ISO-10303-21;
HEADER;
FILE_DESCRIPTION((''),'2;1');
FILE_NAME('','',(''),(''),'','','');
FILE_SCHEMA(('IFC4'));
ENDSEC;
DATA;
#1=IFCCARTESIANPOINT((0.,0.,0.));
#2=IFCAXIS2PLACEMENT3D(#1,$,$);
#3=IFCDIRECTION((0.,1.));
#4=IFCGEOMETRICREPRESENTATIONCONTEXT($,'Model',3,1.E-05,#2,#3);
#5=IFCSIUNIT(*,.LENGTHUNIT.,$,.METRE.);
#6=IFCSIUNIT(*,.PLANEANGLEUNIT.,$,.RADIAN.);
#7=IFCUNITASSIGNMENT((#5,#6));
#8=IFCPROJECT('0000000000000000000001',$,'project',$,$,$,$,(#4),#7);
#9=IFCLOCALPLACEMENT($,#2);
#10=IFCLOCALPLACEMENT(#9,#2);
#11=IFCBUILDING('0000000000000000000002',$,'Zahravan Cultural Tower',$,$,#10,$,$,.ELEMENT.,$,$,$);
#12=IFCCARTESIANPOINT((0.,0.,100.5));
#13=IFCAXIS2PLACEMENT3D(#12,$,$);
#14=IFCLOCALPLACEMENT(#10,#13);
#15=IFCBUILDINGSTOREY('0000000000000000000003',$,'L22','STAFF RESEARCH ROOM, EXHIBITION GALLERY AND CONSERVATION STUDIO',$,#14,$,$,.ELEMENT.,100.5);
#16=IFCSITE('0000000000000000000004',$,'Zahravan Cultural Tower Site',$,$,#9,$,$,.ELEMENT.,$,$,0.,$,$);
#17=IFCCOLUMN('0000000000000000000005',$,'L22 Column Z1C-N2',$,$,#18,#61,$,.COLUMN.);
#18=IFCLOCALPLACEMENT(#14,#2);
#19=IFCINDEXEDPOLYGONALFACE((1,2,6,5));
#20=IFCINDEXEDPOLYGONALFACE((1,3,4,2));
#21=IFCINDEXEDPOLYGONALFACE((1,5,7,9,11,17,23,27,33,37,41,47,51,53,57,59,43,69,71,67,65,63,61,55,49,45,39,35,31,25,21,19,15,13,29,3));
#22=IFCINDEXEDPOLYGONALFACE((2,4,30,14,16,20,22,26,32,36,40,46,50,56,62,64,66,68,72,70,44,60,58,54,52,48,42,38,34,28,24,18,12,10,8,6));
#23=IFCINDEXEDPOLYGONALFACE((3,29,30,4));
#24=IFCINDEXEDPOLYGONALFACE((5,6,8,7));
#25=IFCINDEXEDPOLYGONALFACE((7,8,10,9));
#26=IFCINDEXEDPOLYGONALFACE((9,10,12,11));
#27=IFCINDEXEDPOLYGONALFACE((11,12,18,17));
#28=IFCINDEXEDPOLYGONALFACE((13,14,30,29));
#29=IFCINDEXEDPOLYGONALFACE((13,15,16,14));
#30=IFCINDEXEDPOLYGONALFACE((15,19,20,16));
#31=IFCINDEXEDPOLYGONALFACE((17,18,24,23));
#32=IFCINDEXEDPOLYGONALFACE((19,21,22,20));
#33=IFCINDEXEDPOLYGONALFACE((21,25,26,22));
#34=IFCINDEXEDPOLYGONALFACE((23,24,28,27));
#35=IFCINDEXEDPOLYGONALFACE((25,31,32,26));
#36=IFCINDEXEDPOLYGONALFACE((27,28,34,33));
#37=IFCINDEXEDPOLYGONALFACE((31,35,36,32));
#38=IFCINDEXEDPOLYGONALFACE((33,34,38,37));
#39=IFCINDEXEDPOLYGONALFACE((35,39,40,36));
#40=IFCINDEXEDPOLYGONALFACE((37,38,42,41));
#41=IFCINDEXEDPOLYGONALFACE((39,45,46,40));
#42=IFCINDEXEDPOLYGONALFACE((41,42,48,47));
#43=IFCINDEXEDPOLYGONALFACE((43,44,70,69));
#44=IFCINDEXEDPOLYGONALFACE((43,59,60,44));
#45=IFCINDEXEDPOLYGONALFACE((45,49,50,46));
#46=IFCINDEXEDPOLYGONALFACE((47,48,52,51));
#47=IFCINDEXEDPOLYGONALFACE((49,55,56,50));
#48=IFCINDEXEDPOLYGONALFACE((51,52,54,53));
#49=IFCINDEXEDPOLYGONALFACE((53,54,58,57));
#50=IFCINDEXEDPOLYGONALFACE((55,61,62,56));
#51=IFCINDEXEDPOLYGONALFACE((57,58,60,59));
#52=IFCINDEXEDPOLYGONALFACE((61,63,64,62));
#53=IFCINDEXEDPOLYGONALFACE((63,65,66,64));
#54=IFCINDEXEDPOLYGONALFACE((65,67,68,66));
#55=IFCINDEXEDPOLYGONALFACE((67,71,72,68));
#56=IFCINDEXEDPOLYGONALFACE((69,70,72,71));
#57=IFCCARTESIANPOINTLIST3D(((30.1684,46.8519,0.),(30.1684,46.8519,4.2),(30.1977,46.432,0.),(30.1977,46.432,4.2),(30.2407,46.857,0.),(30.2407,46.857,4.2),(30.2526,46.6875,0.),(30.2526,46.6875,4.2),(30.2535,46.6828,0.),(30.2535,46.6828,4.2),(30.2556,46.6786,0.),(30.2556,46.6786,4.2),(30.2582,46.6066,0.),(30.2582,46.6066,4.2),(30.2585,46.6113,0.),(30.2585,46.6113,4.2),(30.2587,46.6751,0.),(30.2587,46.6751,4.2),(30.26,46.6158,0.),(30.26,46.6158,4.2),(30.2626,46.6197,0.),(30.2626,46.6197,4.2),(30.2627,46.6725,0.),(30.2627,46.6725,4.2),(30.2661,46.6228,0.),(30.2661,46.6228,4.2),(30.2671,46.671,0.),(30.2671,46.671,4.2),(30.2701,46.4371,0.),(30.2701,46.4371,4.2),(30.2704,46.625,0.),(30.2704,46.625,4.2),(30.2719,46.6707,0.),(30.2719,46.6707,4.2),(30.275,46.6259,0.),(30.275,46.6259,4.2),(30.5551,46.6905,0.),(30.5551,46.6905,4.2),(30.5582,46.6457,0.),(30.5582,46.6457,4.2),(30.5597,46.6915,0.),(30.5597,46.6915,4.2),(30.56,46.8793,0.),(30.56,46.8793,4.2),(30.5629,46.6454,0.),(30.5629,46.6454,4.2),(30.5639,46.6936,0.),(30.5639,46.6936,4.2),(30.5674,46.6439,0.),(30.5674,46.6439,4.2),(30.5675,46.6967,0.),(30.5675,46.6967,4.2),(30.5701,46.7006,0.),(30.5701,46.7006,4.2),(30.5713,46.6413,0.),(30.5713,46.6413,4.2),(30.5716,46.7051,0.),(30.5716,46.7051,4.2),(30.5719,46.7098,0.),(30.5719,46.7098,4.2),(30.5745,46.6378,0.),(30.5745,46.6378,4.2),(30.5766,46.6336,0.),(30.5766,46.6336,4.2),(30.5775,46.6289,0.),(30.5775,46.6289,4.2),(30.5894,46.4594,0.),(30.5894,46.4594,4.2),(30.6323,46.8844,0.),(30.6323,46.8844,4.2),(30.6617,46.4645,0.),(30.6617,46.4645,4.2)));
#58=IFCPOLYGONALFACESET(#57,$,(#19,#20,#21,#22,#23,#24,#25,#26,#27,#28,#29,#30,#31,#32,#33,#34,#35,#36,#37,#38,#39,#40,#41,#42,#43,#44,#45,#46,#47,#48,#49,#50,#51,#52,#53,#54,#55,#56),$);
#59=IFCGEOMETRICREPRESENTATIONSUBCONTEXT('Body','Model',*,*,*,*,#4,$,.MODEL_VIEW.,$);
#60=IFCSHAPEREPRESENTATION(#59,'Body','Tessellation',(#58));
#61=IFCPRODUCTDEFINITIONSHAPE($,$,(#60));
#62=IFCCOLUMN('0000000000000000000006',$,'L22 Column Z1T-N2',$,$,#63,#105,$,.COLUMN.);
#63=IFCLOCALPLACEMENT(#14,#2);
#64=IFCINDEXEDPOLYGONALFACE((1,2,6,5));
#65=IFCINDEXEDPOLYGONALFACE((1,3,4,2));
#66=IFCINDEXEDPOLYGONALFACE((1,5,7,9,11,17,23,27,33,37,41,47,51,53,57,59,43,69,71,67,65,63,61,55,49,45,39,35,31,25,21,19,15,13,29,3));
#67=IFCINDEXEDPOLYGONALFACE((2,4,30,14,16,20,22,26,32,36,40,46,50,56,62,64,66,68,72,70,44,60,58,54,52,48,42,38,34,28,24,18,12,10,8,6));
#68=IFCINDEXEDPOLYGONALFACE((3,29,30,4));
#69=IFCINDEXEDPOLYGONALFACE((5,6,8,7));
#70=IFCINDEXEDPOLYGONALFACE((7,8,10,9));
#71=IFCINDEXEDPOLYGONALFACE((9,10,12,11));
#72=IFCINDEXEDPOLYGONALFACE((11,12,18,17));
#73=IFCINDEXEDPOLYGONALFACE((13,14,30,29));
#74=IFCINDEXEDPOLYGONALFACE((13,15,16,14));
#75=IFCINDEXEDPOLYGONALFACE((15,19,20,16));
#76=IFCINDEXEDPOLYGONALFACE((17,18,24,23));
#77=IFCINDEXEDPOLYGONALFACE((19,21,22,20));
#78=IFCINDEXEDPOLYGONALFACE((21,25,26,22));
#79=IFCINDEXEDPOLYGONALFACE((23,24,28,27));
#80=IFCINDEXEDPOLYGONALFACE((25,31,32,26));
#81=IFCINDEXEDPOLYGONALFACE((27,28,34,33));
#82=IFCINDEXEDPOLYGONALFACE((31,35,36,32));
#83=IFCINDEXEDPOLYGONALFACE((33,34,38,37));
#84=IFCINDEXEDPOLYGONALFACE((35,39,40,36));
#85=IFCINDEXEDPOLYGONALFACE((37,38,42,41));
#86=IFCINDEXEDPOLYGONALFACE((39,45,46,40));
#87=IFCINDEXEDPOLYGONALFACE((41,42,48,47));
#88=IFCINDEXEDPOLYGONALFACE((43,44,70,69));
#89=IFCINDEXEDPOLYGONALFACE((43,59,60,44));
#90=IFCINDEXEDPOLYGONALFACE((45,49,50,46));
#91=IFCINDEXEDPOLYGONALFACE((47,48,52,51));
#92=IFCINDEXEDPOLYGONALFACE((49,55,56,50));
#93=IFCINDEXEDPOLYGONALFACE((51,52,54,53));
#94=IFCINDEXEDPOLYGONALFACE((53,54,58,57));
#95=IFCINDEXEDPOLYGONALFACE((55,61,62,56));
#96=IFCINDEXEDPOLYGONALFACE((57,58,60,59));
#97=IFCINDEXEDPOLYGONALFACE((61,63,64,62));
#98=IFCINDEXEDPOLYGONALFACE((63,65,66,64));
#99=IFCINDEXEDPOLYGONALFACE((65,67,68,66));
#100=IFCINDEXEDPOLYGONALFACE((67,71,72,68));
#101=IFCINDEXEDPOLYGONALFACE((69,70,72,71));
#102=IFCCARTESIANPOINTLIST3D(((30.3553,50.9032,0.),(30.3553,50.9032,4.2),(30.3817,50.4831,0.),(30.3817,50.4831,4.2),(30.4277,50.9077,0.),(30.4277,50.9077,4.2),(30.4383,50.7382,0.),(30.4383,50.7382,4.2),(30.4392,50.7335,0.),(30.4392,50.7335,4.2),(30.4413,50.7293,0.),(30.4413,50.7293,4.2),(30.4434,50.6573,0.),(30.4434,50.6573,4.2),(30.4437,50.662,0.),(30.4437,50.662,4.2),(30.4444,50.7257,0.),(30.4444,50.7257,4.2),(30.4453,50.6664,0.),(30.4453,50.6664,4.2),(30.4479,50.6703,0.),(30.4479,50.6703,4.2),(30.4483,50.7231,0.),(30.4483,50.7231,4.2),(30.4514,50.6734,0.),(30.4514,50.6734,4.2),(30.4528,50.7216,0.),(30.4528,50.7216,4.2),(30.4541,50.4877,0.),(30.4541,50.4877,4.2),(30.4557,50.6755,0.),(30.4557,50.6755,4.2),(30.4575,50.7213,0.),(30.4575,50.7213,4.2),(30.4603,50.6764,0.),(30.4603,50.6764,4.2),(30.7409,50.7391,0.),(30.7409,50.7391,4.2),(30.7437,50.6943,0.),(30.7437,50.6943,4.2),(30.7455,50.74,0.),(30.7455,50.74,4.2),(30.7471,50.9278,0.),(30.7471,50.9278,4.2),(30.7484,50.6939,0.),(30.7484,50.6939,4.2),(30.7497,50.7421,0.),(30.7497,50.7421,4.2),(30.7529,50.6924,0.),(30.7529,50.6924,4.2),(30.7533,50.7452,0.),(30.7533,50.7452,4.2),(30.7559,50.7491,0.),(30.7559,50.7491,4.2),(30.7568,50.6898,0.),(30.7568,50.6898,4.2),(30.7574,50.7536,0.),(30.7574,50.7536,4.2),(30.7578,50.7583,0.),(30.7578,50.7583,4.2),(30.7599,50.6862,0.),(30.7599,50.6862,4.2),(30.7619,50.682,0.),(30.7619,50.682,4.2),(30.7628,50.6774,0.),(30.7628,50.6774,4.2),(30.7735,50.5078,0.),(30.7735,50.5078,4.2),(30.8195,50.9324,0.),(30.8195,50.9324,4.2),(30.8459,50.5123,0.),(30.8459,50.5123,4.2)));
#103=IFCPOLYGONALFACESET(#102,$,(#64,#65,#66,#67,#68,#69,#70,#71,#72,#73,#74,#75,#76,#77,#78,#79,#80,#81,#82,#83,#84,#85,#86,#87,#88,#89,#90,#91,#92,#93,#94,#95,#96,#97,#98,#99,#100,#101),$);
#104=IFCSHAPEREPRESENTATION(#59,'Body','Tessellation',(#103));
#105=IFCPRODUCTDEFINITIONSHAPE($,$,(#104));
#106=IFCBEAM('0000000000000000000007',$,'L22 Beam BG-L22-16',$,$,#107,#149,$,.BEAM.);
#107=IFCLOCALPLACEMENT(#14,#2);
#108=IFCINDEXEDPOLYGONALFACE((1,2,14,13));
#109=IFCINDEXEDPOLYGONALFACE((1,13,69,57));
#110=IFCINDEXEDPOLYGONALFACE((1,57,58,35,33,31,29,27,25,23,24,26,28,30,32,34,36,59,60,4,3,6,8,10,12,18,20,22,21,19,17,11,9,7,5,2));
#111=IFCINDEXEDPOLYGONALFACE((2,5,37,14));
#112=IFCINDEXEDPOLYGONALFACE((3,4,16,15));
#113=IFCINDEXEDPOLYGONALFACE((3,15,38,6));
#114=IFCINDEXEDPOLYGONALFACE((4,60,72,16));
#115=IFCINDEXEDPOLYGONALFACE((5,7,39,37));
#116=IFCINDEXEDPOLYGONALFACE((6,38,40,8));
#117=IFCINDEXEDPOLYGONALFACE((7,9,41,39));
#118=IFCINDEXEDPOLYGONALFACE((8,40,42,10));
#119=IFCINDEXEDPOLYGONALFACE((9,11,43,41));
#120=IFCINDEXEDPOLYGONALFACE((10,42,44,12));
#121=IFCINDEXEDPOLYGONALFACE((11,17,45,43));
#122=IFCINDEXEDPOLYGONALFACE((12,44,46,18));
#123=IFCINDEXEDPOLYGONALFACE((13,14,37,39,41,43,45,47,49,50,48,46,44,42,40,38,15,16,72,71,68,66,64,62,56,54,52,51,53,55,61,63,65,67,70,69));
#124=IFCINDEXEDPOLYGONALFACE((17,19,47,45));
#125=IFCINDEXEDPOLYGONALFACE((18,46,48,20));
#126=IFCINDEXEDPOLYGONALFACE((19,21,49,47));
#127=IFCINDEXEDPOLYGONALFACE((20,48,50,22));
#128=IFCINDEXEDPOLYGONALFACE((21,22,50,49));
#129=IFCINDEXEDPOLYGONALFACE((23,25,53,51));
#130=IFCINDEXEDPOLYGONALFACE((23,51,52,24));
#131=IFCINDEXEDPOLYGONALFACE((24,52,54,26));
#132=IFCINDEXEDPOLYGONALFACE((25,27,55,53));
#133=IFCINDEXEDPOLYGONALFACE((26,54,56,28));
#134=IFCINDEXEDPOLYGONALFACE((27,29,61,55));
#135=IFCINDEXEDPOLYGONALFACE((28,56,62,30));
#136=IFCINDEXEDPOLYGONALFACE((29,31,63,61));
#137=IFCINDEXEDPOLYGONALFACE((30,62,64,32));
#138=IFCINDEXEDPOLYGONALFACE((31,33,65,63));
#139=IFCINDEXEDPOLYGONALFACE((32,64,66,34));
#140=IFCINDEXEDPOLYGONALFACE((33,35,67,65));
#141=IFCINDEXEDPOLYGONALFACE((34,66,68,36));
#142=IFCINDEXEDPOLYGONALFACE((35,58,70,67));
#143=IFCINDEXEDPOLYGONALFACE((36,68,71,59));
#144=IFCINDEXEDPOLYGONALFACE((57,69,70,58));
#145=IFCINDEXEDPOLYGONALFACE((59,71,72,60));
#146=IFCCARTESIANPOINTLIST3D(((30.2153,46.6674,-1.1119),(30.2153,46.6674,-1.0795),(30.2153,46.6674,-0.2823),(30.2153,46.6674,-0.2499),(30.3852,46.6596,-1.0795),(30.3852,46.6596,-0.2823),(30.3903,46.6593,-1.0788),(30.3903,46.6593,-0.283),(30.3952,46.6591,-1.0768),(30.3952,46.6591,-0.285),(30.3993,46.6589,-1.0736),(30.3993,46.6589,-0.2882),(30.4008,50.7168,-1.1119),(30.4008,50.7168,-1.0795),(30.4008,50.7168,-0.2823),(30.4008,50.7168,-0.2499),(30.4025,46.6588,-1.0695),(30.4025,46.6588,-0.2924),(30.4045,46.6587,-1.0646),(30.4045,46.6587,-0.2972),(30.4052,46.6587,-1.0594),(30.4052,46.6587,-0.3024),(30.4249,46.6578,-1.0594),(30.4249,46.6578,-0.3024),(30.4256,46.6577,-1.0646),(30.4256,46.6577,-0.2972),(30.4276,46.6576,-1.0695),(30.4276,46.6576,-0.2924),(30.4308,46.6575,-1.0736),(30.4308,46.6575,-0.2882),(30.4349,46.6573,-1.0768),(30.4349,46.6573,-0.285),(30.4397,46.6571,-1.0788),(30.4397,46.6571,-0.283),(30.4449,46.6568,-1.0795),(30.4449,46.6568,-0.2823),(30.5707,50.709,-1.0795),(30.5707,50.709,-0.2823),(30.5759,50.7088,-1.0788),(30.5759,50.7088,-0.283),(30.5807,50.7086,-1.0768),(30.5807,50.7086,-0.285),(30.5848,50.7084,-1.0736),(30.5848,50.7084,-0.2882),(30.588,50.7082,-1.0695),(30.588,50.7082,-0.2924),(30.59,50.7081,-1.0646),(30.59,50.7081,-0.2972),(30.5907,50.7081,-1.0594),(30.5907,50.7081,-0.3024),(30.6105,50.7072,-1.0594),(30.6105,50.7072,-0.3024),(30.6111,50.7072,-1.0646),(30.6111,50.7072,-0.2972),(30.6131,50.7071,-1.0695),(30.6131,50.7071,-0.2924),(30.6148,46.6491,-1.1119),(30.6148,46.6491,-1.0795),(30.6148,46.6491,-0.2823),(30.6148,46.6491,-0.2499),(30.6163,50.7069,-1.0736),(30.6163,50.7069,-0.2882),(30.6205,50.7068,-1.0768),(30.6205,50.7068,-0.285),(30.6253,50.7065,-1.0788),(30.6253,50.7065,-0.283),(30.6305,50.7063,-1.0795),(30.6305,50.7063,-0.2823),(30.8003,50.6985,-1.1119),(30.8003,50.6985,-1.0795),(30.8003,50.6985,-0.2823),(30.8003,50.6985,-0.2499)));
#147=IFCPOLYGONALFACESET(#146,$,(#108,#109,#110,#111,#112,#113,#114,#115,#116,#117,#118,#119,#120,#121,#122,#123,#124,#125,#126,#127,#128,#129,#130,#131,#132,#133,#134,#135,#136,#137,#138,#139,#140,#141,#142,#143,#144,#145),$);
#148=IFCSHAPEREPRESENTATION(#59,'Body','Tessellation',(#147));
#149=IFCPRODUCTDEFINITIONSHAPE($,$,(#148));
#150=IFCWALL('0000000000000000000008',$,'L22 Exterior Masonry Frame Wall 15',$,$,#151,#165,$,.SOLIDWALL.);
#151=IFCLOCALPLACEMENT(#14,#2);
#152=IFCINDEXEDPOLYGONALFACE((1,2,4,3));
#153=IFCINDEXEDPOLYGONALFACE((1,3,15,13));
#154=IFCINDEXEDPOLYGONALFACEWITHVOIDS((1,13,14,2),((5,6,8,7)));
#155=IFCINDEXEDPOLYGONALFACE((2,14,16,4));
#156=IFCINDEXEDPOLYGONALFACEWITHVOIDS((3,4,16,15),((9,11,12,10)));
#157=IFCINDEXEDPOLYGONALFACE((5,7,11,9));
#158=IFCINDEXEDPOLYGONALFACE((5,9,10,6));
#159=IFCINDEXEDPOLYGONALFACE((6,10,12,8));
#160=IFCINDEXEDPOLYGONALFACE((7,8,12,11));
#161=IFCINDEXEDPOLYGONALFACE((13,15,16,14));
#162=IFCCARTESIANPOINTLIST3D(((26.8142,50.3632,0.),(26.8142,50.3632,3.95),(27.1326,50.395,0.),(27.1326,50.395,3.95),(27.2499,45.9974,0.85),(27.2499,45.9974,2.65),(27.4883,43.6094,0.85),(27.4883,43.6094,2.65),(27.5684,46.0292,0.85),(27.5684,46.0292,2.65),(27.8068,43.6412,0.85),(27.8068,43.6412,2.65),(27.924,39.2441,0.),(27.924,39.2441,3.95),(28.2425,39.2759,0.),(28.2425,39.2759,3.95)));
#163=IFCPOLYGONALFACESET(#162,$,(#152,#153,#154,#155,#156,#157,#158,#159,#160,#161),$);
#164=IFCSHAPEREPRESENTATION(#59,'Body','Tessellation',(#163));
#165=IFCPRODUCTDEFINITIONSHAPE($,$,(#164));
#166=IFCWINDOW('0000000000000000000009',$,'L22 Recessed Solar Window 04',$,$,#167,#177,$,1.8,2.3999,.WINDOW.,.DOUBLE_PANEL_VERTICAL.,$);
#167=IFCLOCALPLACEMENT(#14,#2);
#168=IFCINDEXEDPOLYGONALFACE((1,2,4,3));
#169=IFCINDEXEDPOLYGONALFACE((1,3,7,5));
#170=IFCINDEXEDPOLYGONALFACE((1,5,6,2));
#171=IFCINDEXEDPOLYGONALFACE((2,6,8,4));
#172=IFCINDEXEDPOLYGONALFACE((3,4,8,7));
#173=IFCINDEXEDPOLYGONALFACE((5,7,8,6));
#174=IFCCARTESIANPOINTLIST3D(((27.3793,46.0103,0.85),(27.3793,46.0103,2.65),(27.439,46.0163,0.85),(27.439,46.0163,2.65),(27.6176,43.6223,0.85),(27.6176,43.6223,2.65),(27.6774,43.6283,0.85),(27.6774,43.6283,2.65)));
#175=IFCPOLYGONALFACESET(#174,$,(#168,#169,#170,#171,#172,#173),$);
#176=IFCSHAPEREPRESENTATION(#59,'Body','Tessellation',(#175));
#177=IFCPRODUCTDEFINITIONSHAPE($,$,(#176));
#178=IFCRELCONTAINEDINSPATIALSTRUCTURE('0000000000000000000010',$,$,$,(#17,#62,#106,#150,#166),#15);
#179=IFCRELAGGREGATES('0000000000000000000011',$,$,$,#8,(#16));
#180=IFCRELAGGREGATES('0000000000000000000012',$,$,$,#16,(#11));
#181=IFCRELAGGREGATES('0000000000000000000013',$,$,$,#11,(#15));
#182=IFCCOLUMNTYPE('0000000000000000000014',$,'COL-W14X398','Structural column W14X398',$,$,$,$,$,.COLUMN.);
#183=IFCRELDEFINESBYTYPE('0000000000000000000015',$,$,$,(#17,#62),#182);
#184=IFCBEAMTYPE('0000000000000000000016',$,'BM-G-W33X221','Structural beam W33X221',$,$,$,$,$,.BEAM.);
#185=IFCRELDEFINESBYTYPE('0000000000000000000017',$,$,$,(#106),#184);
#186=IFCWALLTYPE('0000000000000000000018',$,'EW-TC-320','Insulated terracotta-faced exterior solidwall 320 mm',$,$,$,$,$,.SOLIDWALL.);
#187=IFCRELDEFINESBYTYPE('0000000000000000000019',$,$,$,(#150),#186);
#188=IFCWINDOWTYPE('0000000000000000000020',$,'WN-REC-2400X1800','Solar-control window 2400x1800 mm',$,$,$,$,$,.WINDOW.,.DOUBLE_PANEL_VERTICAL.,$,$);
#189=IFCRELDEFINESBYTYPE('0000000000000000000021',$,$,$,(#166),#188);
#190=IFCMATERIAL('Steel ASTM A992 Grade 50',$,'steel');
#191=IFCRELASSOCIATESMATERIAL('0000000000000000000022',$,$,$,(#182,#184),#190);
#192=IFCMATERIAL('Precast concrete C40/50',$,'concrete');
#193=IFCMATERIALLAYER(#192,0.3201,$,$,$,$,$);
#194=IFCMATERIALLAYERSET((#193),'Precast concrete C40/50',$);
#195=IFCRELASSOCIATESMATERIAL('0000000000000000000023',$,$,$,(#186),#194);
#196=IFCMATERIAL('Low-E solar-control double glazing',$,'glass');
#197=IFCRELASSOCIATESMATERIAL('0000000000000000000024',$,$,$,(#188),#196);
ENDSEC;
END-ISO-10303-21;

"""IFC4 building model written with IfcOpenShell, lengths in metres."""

from ifc_helpers import new_model, si_unit, direction, frame, frame_2d, origin, origin_2d, place, context, subcontext, project, spatial, rectangle, i_section, extrude, source, transform, mapped, material, layer, layer_set, material_profile, profile_set, type_object, element, fill, save


model = new_model("IFC4")

# Units and contexts
model_context = context("Model", 3, precision=1e-05, world=origin(), true_north=direction((0.0, 1.0)))
body_context = subcontext(model_context, "Body", "Model", "MODEL_VIEW")
ifc_project = project(units=[si_unit("LENGTHUNIT", "METRE"), si_unit("PLANEANGLEUNIT", "RADIAN")], contexts=[model_context])

# Site, building, storey
site_placement = place(None, origin())
site = spatial("IfcSite", under=ifc_project, at=site_placement, Name="Zahravan Cultural Tower Site", CompositionType="ELEMENT", RefElevation=0.0)
building_placement = place(site_placement, origin())
building = spatial("IfcBuilding", under=site, at=building_placement, Name="Zahravan Cultural Tower", CompositionType="ELEMENT")
storey_placement = place(building_placement, frame((0.0, 0.0, 100.5)))
storey = spatial("IfcBuildingStorey", under=building, at=storey_placement, Name="L22", Description="STAFF RESEARCH ROOM, EXHIBITION GALLERY AND CONSERVATION STUDIO", CompositionType="ELEMENT", Elevation=100.5)

# Columns
ifc_material_1 = material(Name="Steel ASTM A992 Grade 50", Category="steel")
ifc_material_profile_1 = material_profile(ifc_material_1, i_section(OverallWidth=0.4209, OverallDepth=0.4651, WebThickness=0.0449, FlangeThickness=0.0725, FilletRadius=0.0181, at=origin_2d()), Name="W14X398")
ifc_profile_set_1 = profile_set([ifc_material_profile_1], Name="Steel ASTM A992 Grade 50")
column_type = type_object("IfcColumnType", Name="COL-W14X398", Description="Structural column W14X398", PredefinedType="COLUMN", material=ifc_profile_set_1)
shared_shape_1 = source(origin(), body_context, "Body", "SweptSolid", [
    extrude(i_section(OverallWidth=0.4209, OverallDepth=0.4651, WebThickness=0.0449, FlangeThickness=0.0725, FilletRadius=0.0181, at=origin_2d()), origin(), (0.0, 0.0, 1.0), 4.2),
])
for number, where, z_axis, x_axis, name in (
    (1, (30.415, 46.6582, 0.0), (0.0, 0.0, 1.0), (-0.069756, 0.997564, 0.0), "L22 Column Z1C-N2"),
    (2, (30.6006, 50.7078, 0.0), (0.0, 0.0, 1.0), (-0.062791, 0.998027, 0.0), "L22 Column Z1T-N2"),
):
    element("IfcColumn", number, at=place(storey_placement, frame(where, z_axis=z_axis, x_axis=x_axis)), inside=storey, type_object=column_type, Name=name, PredefinedType="COLUMN", context=body_context, shape_type="MappedRepresentation", body=[
        mapped(shared_shape_1, transform((0.0, 0.0, 0.0), x_axis=(1.0, 0.0, 0.0), y_axis=(0.0, 1.0, 0.0), z_axis=(0.0, 0.0, 1.0), scale=1.0)),
    ])

# Beam
ifc_material_profile_2 = material_profile(ifc_material_1, i_section(OverallWidth=0.3999, OverallDepth=0.8621, WebThickness=0.0198, FlangeThickness=0.0325, FilletRadius=0.02, at=origin_2d()), Name="W33X221")
ifc_profile_set_2 = profile_set([ifc_material_profile_2], Name="Steel ASTM A992 Grade 50")
beam_type = type_object("IfcBeamType", Name="BM-G-W33X221", Description="Structural beam W33X221", PredefinedType="BEAM", material=ifc_profile_set_2)
shared_shape_2 = source(origin(), body_context, "Body", "SweptSolid", [
    extrude(i_section(OverallWidth=0.3999, OverallDepth=0.8621, WebThickness=0.0198, FlangeThickness=0.0325, FilletRadius=0.02, at=origin_2d()), origin(), (0.0, 0.0, 1.0), 4.0537),
])
beam_placement = place(storey_placement, frame((30.415, 46.6582, -0.6809), z_axis=(0.045771, 0.998952, 0.0), x_axis=(-0.998952, 0.045771, 0.0)))
element("IfcBeam", 3, at=beam_placement, inside=storey, type_object=beam_type, Name="L22 Beam BG-L22-16", PredefinedType="BEAM", context=body_context, shape_type="MappedRepresentation", body=[
    mapped(shared_shape_2, transform((0.0, 0.0, 0.0), x_axis=(1.0, 0.0, 0.0), y_axis=(0.0, 1.0, 0.0), z_axis=(0.0, 0.0, 1.0), scale=1.0)),
])

# Shared definitions
ifc_material_2 = material(Name="Precast concrete C40/50", Category="concrete")
ifc_layer_1 = layer(ifc_material_2, 0.3201)
ifc_layer_set_1 = layer_set([ifc_layer_1], Name="Precast concrete C40/50")
wall_type_1 = type_object("IfcWallType", Name="EW-TC-320", Description="Insulated terracotta-faced exterior solidwall 320 mm", PredefinedType="SOLIDWALL", material=ifc_layer_set_1)

# Wall, opening, window
wall_1_placement = place(storey_placement, frame((28.0833, 39.26, 0.0), z_axis=(0.0, 0.0, 1.0), x_axis=(-0.099322, 0.995055, 0.0)))
wall_1 = element("IfcWall", 4, at=wall_1_placement, inside=storey, type_object=wall_type_1, Name="L22 Exterior Masonry Frame Wall 15", PredefinedType="SOLIDWALL", context=body_context, shape_type="SweptSolid", body=[
    extrude(rectangle(XDim=11.1743, YDim=0.3201, at=frame_2d((5.5872, 0.0))), origin(), (0.0, 0.0, 1.0), 3.95),
])
opening_1_placement = place(wall_1_placement, frame((4.387, 0.0, 0.8501)))
opening_1 = element("IfcOpeningElement", 5, at=opening_1_placement, cuts=wall_1, PredefinedType="OPENING", context=body_context, shape_type="SweptSolid", body=[
    extrude(rectangle(XDim=2.3999, YDim=1.8, at=frame_2d((1.2, 0.8999))), frame((0.0, 0.1699, 0.0), z_axis=(0.0, -1.0, 0.0), x_axis=(1.0, 0.0, 0.0)), (0.0, 0.0, 1.0), 0.3401),
])
ifc_material_3 = material(Name="Low-E solar-control double glazing", Category="glass")
window_type = type_object("IfcWindowType", Name="WN-REC-2400X1800", Description="Solar-control window 2400x1800 mm", PartitioningType="DOUBLE_PANEL_VERTICAL", PredefinedType="WINDOW", material=ifc_material_3)
shared_shape_3 = source(origin(), body_context, "Body", "SweptSolid", [
    extrude(rectangle(XDim=2.3999, YDim=1.8, at=frame_2d((1.2, 0.8999))), frame((0.0, 0.03, 0.0), z_axis=(0.0, -1.0, 0.0), x_axis=(1.0, 0.0, 0.0)), (0.0, 0.0, 1.0), 0.0601),
])
window_1_placement = place(opening_1_placement, origin())
window_1 = element("IfcWindow", 6, at=window_1_placement, inside=storey, type_object=window_type, Name="L22 Recessed Solar Window 04", OverallHeight=1.8, OverallWidth=2.3999, PartitioningType="DOUBLE_PANEL_VERTICAL", PredefinedType="WINDOW", context=body_context, shape_type="MappedRepresentation", body=[
    mapped(shared_shape_3, transform((0.0, 0.0, 0.0), x_axis=(1.0, 0.0, 0.0), y_axis=(0.0, 1.0, 0.0), z_axis=(0.0, 0.0, 1.0), scale=1.0)),
])
fill(opening_1, window_1)

save(model, "model.ifc")
